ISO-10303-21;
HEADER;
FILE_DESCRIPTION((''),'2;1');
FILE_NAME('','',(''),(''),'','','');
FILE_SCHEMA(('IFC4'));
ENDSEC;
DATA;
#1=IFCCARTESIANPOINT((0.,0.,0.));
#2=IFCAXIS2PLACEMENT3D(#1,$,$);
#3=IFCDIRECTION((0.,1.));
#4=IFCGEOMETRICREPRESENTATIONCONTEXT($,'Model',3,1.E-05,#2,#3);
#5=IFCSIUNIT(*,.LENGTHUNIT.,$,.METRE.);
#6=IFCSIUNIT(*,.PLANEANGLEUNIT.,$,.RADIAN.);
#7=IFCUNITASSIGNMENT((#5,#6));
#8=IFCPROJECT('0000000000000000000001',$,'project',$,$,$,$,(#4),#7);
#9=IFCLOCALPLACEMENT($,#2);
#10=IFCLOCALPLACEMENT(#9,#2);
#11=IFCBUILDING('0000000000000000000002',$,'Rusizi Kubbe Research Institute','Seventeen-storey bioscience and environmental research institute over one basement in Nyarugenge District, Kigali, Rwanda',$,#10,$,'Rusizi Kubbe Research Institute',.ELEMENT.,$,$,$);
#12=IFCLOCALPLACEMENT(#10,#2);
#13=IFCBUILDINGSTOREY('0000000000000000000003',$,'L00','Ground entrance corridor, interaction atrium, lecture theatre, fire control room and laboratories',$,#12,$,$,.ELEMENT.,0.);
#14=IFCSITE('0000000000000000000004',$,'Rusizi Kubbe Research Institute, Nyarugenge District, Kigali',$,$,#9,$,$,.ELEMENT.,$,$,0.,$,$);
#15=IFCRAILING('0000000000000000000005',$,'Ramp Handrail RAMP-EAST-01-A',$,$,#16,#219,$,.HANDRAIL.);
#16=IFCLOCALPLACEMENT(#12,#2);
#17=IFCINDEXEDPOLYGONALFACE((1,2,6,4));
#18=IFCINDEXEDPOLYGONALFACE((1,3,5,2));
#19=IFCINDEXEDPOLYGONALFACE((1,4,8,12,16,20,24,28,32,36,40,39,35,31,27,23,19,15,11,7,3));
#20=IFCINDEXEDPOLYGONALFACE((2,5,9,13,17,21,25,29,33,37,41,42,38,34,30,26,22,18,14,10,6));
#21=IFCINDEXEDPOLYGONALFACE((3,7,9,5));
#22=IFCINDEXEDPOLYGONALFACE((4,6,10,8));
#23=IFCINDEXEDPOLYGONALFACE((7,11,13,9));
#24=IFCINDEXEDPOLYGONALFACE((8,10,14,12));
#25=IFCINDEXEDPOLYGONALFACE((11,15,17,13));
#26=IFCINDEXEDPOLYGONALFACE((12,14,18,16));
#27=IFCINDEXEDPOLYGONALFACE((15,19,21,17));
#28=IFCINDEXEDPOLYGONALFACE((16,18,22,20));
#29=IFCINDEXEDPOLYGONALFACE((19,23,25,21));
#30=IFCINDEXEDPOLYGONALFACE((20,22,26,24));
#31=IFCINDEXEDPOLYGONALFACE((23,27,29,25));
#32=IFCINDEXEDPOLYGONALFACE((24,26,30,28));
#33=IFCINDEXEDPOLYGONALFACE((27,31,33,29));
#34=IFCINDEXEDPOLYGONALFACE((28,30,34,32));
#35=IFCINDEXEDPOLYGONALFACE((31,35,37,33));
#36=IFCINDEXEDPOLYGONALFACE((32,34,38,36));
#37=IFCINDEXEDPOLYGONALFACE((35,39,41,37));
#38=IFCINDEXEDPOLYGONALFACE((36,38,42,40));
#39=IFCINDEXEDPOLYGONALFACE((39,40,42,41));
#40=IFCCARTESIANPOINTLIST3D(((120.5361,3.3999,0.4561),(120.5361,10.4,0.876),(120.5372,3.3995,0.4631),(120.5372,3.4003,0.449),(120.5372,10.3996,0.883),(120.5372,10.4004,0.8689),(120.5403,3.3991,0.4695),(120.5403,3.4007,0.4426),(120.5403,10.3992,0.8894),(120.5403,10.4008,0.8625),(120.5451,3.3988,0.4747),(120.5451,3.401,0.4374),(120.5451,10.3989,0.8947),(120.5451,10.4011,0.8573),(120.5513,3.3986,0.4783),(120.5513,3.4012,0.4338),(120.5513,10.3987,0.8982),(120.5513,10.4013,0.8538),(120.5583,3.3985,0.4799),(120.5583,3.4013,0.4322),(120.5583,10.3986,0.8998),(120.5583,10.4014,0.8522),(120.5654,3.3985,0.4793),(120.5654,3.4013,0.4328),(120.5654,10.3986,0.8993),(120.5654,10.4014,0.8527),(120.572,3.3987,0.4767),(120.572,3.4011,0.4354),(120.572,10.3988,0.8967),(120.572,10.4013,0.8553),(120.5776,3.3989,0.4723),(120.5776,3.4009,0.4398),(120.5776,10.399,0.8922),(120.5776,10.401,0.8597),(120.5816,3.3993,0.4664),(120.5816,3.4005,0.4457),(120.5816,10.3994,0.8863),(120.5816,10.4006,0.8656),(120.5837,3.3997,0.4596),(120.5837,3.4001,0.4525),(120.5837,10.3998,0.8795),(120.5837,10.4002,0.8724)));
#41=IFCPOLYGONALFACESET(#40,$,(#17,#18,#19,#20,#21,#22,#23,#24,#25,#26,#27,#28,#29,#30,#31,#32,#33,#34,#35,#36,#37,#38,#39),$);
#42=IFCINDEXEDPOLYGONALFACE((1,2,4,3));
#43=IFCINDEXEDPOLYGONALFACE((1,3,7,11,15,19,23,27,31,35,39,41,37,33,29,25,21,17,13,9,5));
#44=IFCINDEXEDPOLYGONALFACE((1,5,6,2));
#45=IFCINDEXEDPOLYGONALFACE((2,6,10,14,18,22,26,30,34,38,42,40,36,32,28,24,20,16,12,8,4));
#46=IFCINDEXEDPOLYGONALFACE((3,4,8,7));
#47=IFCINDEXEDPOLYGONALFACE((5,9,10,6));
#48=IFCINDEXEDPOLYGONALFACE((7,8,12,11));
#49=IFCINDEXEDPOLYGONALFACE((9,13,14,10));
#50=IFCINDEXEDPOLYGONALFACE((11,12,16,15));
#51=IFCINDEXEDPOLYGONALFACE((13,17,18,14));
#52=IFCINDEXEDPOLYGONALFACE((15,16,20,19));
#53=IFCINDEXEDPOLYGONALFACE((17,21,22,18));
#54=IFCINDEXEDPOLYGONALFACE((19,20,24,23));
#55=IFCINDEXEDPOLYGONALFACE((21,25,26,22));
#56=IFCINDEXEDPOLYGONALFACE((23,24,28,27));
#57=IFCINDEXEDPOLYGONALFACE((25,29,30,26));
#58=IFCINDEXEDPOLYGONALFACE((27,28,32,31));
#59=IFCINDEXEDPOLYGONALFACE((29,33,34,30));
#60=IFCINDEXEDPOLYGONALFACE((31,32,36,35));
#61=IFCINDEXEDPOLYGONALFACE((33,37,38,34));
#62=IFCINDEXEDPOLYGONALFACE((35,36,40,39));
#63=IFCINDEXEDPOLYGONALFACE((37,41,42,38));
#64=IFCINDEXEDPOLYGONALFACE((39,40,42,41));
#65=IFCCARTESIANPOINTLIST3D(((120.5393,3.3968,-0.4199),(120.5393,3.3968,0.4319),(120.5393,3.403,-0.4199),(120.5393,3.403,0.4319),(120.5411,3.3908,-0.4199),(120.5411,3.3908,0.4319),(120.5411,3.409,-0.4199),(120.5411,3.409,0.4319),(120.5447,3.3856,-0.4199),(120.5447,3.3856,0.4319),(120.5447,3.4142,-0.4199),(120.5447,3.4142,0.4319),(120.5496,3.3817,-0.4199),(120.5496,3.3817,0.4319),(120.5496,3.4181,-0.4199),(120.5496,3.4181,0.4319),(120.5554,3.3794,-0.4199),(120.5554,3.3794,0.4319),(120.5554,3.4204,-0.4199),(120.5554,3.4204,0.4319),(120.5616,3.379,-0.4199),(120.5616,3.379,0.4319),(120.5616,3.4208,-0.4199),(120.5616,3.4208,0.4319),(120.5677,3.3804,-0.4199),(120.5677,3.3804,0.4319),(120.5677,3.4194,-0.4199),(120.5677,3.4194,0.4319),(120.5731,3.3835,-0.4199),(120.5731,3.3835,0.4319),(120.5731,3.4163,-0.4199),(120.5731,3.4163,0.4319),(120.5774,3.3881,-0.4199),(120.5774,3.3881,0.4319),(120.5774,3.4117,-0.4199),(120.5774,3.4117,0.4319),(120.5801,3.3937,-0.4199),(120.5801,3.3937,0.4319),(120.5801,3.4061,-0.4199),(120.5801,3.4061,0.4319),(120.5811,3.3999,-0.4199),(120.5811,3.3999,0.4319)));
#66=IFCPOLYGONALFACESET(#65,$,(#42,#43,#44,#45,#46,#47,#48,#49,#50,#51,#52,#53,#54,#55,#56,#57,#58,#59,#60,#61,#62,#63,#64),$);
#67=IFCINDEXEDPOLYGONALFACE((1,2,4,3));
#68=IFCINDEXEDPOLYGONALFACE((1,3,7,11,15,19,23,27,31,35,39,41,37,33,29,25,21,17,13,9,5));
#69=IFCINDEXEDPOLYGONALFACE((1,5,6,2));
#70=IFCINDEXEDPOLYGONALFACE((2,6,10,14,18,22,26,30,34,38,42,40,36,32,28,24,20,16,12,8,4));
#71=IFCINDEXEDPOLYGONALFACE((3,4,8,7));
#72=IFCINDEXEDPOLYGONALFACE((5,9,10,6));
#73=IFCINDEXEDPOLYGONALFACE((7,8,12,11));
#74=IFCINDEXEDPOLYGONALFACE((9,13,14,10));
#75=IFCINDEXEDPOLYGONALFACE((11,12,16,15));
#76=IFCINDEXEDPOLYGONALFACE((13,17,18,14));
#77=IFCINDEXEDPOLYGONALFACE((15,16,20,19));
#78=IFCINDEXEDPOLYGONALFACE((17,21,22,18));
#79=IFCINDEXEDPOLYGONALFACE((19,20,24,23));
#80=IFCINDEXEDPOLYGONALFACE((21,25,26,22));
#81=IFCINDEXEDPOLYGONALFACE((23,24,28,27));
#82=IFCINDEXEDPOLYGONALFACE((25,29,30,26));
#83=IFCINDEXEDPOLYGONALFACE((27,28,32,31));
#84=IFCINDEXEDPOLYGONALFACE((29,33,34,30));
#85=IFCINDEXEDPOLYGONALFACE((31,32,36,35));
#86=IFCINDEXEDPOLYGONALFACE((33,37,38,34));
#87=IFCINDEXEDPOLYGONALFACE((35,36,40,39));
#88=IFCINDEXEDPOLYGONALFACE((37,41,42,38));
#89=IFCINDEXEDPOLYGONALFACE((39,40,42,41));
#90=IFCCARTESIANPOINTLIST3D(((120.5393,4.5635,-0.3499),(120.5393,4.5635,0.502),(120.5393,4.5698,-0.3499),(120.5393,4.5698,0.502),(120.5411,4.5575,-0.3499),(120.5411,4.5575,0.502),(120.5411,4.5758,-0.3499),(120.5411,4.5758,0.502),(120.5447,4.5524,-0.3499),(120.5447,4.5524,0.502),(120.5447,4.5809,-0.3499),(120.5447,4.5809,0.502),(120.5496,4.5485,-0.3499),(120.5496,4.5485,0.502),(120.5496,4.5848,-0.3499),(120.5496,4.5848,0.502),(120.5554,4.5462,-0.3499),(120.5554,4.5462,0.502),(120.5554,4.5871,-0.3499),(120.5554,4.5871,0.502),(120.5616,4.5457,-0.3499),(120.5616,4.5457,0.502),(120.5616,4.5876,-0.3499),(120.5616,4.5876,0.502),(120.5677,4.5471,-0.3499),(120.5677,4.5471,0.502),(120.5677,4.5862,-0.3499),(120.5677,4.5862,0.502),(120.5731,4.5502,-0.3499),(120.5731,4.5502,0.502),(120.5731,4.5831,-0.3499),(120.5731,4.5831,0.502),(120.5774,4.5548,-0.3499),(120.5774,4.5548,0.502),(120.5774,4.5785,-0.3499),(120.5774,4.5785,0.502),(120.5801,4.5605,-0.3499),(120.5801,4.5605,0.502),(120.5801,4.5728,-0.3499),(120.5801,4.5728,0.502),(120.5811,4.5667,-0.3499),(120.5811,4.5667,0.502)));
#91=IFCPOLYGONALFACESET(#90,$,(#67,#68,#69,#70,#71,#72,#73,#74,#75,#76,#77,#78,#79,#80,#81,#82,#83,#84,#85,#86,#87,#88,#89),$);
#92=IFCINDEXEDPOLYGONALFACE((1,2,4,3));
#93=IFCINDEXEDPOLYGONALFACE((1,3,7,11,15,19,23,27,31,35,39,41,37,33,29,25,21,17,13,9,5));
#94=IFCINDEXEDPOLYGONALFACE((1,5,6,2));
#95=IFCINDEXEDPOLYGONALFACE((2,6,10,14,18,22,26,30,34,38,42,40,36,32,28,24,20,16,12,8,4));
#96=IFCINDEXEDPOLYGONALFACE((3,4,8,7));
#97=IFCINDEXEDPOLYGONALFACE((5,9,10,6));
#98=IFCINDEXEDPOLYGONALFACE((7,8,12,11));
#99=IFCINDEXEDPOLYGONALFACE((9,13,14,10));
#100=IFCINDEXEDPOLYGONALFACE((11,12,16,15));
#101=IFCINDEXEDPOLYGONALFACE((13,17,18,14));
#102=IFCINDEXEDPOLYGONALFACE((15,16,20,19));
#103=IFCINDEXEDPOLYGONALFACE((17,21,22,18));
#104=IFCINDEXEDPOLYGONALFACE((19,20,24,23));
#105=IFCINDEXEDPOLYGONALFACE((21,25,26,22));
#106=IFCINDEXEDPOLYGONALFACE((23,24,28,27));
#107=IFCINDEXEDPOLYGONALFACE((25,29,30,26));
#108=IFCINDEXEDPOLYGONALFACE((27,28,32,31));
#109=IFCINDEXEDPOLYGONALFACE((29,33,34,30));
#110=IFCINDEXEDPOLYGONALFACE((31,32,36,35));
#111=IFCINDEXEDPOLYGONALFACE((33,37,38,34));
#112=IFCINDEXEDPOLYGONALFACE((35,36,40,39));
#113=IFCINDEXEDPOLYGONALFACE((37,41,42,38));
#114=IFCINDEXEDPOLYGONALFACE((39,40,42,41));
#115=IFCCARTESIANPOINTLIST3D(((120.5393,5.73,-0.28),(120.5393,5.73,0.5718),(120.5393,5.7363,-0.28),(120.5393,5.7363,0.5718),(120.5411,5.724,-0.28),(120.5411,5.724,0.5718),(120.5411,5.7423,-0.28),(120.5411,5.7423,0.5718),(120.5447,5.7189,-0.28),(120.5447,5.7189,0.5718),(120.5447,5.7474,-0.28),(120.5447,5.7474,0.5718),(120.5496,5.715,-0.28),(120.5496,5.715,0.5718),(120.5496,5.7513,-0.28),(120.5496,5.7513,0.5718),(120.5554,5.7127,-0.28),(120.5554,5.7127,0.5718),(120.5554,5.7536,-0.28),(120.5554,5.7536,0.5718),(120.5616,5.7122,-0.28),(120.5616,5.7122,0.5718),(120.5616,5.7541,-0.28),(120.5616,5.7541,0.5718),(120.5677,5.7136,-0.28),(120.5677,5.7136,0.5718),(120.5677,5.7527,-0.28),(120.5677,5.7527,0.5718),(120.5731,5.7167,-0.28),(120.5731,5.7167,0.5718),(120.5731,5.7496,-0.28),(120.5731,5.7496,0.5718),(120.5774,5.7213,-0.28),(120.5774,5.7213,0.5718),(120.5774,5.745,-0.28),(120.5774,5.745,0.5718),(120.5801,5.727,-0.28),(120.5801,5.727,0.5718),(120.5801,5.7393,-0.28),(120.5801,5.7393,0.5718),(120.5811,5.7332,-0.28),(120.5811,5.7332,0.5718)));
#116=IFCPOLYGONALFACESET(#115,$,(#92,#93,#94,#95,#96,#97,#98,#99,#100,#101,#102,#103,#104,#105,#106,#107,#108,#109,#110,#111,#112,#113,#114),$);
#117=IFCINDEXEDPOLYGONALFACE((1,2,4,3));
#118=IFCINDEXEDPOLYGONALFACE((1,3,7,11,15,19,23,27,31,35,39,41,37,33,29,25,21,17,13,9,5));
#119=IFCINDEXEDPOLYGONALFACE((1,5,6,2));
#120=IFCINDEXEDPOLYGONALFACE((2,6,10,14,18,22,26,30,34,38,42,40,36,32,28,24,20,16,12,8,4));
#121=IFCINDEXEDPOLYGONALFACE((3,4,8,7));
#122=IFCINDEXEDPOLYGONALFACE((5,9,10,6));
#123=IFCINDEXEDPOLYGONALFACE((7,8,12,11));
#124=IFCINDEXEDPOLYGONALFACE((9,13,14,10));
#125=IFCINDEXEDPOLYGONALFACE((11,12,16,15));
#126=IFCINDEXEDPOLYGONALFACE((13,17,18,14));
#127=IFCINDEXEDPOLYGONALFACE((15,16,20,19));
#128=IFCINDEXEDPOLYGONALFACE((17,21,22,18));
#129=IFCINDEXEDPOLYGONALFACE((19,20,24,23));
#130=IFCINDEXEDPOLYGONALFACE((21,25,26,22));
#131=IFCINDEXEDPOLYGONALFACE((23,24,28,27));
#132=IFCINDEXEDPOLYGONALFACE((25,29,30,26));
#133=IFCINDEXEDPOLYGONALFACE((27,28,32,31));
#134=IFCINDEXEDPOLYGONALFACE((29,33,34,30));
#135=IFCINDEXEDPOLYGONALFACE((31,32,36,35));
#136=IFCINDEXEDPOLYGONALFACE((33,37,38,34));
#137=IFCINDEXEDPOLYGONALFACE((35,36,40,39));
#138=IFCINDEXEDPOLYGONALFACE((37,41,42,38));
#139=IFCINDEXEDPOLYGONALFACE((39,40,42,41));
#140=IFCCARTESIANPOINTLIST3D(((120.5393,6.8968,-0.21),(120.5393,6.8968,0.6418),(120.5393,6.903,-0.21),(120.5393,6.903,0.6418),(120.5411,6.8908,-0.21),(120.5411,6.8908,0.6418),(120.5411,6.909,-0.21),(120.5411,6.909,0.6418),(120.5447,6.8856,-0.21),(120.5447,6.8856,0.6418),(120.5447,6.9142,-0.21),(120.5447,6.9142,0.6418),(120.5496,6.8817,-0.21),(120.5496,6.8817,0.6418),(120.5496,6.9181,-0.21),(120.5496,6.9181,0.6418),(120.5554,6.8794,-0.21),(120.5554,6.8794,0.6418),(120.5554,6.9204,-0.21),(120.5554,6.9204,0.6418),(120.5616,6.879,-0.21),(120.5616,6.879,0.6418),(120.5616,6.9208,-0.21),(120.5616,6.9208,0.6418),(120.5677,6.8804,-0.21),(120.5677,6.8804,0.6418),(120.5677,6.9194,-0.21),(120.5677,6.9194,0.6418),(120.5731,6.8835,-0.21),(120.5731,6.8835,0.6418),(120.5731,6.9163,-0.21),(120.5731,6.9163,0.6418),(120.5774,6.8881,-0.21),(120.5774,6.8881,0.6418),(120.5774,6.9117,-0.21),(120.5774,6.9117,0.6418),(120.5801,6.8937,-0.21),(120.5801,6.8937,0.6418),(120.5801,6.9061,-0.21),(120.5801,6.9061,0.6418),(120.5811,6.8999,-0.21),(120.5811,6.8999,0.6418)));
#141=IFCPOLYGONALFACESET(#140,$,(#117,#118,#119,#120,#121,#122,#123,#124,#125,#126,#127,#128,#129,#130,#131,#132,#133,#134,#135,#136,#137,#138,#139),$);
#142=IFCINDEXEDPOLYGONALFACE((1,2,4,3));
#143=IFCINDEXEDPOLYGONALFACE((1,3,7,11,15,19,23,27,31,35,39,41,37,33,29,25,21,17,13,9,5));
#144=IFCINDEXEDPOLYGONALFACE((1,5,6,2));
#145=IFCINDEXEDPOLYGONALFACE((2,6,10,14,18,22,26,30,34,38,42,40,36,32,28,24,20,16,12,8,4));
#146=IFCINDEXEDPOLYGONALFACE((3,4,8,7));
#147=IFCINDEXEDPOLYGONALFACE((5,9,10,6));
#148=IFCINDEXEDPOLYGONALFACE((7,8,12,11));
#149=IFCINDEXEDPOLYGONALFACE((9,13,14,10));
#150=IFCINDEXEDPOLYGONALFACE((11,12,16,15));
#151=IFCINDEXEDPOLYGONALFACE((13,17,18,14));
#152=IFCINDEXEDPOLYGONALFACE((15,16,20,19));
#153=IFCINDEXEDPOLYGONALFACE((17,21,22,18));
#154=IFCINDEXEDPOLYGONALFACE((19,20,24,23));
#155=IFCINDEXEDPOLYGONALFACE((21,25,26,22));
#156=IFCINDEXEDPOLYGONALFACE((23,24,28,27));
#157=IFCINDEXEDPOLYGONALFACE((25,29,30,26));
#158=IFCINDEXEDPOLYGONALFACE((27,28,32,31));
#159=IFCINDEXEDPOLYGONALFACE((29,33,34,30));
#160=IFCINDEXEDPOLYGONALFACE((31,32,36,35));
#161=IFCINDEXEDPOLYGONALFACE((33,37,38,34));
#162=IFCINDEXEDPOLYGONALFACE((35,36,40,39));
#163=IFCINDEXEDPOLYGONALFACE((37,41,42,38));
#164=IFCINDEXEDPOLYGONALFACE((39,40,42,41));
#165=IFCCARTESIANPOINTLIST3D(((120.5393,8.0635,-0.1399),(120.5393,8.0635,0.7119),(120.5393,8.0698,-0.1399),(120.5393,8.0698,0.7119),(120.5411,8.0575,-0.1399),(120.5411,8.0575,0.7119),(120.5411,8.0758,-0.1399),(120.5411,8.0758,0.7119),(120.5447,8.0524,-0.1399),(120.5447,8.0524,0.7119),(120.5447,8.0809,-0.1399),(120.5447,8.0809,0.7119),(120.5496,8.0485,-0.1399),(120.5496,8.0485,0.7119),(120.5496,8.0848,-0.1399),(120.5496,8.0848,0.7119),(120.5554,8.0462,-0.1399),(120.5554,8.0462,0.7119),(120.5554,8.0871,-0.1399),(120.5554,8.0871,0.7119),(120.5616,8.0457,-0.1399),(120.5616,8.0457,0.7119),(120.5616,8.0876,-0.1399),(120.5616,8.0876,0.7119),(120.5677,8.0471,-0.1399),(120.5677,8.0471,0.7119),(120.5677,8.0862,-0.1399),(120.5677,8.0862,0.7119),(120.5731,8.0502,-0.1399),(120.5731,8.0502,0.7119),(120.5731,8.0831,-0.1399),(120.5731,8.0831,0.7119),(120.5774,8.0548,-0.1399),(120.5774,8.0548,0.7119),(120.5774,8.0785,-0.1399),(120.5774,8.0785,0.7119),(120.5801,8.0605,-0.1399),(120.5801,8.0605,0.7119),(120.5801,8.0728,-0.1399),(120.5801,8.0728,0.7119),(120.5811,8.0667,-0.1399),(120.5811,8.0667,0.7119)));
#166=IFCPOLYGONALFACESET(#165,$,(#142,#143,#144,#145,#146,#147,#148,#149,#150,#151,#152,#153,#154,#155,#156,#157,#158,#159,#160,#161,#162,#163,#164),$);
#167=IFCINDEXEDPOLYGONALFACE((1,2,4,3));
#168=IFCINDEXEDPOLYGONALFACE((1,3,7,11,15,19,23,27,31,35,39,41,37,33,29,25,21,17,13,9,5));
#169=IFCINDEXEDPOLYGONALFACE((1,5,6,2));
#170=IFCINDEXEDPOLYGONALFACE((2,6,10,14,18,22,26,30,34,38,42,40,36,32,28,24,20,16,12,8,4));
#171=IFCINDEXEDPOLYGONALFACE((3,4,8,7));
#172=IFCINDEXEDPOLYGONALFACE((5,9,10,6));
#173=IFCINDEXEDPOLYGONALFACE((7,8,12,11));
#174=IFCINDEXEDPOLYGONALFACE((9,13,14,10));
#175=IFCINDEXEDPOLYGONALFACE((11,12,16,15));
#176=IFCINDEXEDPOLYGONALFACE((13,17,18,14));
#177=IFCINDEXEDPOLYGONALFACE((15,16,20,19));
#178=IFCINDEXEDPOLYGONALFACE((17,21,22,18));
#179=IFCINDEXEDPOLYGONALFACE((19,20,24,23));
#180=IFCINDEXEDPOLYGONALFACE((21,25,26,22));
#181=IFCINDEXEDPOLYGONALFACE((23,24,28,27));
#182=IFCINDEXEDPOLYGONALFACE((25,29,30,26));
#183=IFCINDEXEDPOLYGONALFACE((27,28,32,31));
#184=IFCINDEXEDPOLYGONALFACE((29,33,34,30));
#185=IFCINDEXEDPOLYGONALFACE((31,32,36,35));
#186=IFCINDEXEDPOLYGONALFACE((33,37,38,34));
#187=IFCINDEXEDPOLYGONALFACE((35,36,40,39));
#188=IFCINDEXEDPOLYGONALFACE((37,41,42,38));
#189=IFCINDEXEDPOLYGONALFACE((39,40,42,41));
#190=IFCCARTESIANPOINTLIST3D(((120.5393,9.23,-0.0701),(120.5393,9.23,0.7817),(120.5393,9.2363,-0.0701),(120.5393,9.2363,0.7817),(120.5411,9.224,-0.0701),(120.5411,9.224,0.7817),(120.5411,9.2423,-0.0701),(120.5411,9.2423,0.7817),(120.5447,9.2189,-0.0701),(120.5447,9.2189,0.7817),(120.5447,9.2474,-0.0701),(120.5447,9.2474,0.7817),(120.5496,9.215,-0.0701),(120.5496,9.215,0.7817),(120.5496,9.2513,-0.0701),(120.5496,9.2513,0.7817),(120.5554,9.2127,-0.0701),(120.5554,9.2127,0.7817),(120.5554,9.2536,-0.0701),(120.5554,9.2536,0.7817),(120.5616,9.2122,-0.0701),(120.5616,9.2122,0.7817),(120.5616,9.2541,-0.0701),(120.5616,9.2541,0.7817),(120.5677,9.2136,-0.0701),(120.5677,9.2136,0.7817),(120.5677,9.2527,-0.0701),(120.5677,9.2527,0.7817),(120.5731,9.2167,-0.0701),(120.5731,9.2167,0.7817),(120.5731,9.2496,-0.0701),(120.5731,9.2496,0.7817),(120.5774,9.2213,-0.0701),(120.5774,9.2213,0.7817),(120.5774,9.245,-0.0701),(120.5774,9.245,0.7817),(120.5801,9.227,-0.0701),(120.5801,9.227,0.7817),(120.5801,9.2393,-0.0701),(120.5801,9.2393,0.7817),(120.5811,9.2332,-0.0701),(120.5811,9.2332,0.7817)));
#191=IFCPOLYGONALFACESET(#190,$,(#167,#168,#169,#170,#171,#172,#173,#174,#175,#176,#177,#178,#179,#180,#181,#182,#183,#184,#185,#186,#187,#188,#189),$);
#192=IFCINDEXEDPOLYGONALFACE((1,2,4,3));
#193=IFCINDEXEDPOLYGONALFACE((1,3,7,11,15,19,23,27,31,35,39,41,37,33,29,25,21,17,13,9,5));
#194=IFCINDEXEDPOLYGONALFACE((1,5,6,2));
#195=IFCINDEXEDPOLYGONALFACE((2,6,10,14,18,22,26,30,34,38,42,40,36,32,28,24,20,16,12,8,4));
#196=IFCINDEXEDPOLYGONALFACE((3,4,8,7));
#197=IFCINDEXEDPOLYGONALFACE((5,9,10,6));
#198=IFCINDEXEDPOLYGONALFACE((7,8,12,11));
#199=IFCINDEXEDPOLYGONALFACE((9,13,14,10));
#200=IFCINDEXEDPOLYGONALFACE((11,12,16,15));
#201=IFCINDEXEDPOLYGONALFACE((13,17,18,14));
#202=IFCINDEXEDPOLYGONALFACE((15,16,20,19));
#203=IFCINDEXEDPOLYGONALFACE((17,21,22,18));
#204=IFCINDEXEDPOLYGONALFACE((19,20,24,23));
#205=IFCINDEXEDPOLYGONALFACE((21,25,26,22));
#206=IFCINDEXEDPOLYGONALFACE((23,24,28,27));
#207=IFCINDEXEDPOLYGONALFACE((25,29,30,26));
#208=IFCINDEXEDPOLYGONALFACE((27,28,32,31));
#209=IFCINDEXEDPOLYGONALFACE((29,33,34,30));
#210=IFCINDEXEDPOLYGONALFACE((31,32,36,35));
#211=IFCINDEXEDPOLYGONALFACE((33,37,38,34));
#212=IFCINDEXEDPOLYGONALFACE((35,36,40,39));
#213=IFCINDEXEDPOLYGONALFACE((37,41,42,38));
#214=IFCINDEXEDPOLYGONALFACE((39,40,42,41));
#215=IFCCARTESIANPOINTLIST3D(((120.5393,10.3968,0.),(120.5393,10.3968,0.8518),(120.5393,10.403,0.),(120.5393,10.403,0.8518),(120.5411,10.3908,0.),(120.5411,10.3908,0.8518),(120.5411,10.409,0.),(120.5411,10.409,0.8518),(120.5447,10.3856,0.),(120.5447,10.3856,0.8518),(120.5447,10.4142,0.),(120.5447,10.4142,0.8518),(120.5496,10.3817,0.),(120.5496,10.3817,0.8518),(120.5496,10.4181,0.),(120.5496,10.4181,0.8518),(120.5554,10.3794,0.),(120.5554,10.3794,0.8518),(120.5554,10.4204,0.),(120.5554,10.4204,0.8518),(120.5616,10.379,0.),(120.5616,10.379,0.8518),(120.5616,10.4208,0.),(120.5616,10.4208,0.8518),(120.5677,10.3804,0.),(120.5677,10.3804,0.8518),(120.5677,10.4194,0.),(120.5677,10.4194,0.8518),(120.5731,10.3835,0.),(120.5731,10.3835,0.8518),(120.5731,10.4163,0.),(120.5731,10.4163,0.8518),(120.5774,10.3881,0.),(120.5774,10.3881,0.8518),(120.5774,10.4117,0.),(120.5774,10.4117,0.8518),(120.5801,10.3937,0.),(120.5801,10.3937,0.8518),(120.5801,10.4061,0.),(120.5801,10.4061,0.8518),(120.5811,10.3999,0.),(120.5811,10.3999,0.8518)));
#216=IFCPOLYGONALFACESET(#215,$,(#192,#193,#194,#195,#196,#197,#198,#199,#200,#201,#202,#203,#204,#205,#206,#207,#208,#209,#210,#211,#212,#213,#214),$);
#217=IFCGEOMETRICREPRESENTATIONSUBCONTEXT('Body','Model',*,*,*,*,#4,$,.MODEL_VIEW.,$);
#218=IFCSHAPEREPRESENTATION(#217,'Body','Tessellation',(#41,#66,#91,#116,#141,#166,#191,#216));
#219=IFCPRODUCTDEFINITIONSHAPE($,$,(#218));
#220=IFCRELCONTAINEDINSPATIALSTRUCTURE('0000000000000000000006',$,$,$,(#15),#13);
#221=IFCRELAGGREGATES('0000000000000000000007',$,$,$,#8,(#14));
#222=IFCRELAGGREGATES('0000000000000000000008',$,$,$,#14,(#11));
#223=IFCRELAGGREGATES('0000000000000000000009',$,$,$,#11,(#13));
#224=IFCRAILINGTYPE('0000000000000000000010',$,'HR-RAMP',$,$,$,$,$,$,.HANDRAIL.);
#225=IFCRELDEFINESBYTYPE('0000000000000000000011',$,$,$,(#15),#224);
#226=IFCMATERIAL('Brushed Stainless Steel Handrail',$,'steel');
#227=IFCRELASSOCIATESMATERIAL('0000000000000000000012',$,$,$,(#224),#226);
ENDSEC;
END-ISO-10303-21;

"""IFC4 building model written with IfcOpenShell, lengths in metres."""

from ifc_helpers import new_model, si_unit, direction, frame, origin, origin_2d, place, context, subcontext, project, spatial, circle, extrude, material, type_object, element, save


model = new_model("IFC4")

# Units and contexts
model_context = context("Model", 3, precision=1e-05, world=origin(), true_north=direction((0.0, 1.0)))
body_context = subcontext(model_context, "Body", "Model", "MODEL_VIEW")
ifc_project = project(units=[si_unit("LENGTHUNIT", "METRE"), si_unit("PLANEANGLEUNIT", "RADIAN")], contexts=[model_context])

# Site, building, storey
site_placement = place(None, origin())
site = spatial("IfcSite", under=ifc_project, at=site_placement, Name="Rusizi Kubbe Research Institute, Nyarugenge District, Kigali", CompositionType="ELEMENT", RefElevation=0.0)
building_placement = place(site_placement, origin())
building = spatial("IfcBuilding", under=site, at=building_placement, Name="Rusizi Kubbe Research Institute", Description="Seventeen-storey bioscience and environmental research institute over one basement in Nyarugenge District, Kigali, Rwanda", LongName="Rusizi Kubbe Research Institute", CompositionType="ELEMENT")
storey_placement = place(building_placement, origin())
storey = spatial("IfcBuildingStorey", under=building, at=storey_placement, Name="L00", Description="Ground entrance corridor, interaction atrium, lecture theatre, fire control room and laboratories", CompositionType="ELEMENT", Elevation=0.0)

# Railing
ifc_material_1 = material(Name="Brushed Stainless Steel Handrail", Category="steel")
railing_type = type_object("IfcRailingType", Name="HR-RAMP", PredefinedType="HANDRAIL", material=ifc_material_1)
for number, where, name in (
    (1, (120.5601, 3.3999, -0.4199), "Ramp Handrail RAMP-EAST-01-A"),
):
    element("IfcRailing", number, at=place(storey_placement, frame(where)), inside=storey, type_object=railing_type, Name=name, PredefinedType="HANDRAIL", context=body_context, shape_type="SweptSolid", body=[
        extrude(circle(Radius=0.0239, at=origin_2d()), frame((0.0, 0.0, 0.876), z_axis=(0.0, 0.998206, 0.059881), x_axis=(-1.0, 0.0, 0.0)), (0.0, 0.0, 1.0), 7.0127),
        extrude(circle(Radius=0.021, at=origin_2d()), origin(), (0.0, 0.0, 1.0), 0.8518),
        extrude(circle(Radius=0.021, at=origin_2d()), frame((0.0, 1.1667, 0.0701)), (0.0, 0.0, 1.0), 0.8518),
        extrude(circle(Radius=0.021, at=origin_2d()), frame((0.0, 2.3333, 0.1399)), (0.0, 0.0, 1.0), 0.8518),
        extrude(circle(Radius=0.021, at=origin_2d()), frame((0.0, 3.5, 0.21)), (0.0, 0.0, 1.0), 0.8518),
        extrude(circle(Radius=0.021, at=origin_2d()), frame((0.0, 4.6667, 0.28)), (0.0, 0.0, 1.0), 0.8518),
        extrude(circle(Radius=0.021, at=origin_2d()), frame((0.0, 5.8333, 0.3499)), (0.0, 0.0, 1.0), 0.8518),
        extrude(circle(Radius=0.021, at=origin_2d()), frame((0.0, 7.0, 0.4199)), (0.0, 0.0, 1.0), 0.8518),
    ])

save(model, "model.ifc")
